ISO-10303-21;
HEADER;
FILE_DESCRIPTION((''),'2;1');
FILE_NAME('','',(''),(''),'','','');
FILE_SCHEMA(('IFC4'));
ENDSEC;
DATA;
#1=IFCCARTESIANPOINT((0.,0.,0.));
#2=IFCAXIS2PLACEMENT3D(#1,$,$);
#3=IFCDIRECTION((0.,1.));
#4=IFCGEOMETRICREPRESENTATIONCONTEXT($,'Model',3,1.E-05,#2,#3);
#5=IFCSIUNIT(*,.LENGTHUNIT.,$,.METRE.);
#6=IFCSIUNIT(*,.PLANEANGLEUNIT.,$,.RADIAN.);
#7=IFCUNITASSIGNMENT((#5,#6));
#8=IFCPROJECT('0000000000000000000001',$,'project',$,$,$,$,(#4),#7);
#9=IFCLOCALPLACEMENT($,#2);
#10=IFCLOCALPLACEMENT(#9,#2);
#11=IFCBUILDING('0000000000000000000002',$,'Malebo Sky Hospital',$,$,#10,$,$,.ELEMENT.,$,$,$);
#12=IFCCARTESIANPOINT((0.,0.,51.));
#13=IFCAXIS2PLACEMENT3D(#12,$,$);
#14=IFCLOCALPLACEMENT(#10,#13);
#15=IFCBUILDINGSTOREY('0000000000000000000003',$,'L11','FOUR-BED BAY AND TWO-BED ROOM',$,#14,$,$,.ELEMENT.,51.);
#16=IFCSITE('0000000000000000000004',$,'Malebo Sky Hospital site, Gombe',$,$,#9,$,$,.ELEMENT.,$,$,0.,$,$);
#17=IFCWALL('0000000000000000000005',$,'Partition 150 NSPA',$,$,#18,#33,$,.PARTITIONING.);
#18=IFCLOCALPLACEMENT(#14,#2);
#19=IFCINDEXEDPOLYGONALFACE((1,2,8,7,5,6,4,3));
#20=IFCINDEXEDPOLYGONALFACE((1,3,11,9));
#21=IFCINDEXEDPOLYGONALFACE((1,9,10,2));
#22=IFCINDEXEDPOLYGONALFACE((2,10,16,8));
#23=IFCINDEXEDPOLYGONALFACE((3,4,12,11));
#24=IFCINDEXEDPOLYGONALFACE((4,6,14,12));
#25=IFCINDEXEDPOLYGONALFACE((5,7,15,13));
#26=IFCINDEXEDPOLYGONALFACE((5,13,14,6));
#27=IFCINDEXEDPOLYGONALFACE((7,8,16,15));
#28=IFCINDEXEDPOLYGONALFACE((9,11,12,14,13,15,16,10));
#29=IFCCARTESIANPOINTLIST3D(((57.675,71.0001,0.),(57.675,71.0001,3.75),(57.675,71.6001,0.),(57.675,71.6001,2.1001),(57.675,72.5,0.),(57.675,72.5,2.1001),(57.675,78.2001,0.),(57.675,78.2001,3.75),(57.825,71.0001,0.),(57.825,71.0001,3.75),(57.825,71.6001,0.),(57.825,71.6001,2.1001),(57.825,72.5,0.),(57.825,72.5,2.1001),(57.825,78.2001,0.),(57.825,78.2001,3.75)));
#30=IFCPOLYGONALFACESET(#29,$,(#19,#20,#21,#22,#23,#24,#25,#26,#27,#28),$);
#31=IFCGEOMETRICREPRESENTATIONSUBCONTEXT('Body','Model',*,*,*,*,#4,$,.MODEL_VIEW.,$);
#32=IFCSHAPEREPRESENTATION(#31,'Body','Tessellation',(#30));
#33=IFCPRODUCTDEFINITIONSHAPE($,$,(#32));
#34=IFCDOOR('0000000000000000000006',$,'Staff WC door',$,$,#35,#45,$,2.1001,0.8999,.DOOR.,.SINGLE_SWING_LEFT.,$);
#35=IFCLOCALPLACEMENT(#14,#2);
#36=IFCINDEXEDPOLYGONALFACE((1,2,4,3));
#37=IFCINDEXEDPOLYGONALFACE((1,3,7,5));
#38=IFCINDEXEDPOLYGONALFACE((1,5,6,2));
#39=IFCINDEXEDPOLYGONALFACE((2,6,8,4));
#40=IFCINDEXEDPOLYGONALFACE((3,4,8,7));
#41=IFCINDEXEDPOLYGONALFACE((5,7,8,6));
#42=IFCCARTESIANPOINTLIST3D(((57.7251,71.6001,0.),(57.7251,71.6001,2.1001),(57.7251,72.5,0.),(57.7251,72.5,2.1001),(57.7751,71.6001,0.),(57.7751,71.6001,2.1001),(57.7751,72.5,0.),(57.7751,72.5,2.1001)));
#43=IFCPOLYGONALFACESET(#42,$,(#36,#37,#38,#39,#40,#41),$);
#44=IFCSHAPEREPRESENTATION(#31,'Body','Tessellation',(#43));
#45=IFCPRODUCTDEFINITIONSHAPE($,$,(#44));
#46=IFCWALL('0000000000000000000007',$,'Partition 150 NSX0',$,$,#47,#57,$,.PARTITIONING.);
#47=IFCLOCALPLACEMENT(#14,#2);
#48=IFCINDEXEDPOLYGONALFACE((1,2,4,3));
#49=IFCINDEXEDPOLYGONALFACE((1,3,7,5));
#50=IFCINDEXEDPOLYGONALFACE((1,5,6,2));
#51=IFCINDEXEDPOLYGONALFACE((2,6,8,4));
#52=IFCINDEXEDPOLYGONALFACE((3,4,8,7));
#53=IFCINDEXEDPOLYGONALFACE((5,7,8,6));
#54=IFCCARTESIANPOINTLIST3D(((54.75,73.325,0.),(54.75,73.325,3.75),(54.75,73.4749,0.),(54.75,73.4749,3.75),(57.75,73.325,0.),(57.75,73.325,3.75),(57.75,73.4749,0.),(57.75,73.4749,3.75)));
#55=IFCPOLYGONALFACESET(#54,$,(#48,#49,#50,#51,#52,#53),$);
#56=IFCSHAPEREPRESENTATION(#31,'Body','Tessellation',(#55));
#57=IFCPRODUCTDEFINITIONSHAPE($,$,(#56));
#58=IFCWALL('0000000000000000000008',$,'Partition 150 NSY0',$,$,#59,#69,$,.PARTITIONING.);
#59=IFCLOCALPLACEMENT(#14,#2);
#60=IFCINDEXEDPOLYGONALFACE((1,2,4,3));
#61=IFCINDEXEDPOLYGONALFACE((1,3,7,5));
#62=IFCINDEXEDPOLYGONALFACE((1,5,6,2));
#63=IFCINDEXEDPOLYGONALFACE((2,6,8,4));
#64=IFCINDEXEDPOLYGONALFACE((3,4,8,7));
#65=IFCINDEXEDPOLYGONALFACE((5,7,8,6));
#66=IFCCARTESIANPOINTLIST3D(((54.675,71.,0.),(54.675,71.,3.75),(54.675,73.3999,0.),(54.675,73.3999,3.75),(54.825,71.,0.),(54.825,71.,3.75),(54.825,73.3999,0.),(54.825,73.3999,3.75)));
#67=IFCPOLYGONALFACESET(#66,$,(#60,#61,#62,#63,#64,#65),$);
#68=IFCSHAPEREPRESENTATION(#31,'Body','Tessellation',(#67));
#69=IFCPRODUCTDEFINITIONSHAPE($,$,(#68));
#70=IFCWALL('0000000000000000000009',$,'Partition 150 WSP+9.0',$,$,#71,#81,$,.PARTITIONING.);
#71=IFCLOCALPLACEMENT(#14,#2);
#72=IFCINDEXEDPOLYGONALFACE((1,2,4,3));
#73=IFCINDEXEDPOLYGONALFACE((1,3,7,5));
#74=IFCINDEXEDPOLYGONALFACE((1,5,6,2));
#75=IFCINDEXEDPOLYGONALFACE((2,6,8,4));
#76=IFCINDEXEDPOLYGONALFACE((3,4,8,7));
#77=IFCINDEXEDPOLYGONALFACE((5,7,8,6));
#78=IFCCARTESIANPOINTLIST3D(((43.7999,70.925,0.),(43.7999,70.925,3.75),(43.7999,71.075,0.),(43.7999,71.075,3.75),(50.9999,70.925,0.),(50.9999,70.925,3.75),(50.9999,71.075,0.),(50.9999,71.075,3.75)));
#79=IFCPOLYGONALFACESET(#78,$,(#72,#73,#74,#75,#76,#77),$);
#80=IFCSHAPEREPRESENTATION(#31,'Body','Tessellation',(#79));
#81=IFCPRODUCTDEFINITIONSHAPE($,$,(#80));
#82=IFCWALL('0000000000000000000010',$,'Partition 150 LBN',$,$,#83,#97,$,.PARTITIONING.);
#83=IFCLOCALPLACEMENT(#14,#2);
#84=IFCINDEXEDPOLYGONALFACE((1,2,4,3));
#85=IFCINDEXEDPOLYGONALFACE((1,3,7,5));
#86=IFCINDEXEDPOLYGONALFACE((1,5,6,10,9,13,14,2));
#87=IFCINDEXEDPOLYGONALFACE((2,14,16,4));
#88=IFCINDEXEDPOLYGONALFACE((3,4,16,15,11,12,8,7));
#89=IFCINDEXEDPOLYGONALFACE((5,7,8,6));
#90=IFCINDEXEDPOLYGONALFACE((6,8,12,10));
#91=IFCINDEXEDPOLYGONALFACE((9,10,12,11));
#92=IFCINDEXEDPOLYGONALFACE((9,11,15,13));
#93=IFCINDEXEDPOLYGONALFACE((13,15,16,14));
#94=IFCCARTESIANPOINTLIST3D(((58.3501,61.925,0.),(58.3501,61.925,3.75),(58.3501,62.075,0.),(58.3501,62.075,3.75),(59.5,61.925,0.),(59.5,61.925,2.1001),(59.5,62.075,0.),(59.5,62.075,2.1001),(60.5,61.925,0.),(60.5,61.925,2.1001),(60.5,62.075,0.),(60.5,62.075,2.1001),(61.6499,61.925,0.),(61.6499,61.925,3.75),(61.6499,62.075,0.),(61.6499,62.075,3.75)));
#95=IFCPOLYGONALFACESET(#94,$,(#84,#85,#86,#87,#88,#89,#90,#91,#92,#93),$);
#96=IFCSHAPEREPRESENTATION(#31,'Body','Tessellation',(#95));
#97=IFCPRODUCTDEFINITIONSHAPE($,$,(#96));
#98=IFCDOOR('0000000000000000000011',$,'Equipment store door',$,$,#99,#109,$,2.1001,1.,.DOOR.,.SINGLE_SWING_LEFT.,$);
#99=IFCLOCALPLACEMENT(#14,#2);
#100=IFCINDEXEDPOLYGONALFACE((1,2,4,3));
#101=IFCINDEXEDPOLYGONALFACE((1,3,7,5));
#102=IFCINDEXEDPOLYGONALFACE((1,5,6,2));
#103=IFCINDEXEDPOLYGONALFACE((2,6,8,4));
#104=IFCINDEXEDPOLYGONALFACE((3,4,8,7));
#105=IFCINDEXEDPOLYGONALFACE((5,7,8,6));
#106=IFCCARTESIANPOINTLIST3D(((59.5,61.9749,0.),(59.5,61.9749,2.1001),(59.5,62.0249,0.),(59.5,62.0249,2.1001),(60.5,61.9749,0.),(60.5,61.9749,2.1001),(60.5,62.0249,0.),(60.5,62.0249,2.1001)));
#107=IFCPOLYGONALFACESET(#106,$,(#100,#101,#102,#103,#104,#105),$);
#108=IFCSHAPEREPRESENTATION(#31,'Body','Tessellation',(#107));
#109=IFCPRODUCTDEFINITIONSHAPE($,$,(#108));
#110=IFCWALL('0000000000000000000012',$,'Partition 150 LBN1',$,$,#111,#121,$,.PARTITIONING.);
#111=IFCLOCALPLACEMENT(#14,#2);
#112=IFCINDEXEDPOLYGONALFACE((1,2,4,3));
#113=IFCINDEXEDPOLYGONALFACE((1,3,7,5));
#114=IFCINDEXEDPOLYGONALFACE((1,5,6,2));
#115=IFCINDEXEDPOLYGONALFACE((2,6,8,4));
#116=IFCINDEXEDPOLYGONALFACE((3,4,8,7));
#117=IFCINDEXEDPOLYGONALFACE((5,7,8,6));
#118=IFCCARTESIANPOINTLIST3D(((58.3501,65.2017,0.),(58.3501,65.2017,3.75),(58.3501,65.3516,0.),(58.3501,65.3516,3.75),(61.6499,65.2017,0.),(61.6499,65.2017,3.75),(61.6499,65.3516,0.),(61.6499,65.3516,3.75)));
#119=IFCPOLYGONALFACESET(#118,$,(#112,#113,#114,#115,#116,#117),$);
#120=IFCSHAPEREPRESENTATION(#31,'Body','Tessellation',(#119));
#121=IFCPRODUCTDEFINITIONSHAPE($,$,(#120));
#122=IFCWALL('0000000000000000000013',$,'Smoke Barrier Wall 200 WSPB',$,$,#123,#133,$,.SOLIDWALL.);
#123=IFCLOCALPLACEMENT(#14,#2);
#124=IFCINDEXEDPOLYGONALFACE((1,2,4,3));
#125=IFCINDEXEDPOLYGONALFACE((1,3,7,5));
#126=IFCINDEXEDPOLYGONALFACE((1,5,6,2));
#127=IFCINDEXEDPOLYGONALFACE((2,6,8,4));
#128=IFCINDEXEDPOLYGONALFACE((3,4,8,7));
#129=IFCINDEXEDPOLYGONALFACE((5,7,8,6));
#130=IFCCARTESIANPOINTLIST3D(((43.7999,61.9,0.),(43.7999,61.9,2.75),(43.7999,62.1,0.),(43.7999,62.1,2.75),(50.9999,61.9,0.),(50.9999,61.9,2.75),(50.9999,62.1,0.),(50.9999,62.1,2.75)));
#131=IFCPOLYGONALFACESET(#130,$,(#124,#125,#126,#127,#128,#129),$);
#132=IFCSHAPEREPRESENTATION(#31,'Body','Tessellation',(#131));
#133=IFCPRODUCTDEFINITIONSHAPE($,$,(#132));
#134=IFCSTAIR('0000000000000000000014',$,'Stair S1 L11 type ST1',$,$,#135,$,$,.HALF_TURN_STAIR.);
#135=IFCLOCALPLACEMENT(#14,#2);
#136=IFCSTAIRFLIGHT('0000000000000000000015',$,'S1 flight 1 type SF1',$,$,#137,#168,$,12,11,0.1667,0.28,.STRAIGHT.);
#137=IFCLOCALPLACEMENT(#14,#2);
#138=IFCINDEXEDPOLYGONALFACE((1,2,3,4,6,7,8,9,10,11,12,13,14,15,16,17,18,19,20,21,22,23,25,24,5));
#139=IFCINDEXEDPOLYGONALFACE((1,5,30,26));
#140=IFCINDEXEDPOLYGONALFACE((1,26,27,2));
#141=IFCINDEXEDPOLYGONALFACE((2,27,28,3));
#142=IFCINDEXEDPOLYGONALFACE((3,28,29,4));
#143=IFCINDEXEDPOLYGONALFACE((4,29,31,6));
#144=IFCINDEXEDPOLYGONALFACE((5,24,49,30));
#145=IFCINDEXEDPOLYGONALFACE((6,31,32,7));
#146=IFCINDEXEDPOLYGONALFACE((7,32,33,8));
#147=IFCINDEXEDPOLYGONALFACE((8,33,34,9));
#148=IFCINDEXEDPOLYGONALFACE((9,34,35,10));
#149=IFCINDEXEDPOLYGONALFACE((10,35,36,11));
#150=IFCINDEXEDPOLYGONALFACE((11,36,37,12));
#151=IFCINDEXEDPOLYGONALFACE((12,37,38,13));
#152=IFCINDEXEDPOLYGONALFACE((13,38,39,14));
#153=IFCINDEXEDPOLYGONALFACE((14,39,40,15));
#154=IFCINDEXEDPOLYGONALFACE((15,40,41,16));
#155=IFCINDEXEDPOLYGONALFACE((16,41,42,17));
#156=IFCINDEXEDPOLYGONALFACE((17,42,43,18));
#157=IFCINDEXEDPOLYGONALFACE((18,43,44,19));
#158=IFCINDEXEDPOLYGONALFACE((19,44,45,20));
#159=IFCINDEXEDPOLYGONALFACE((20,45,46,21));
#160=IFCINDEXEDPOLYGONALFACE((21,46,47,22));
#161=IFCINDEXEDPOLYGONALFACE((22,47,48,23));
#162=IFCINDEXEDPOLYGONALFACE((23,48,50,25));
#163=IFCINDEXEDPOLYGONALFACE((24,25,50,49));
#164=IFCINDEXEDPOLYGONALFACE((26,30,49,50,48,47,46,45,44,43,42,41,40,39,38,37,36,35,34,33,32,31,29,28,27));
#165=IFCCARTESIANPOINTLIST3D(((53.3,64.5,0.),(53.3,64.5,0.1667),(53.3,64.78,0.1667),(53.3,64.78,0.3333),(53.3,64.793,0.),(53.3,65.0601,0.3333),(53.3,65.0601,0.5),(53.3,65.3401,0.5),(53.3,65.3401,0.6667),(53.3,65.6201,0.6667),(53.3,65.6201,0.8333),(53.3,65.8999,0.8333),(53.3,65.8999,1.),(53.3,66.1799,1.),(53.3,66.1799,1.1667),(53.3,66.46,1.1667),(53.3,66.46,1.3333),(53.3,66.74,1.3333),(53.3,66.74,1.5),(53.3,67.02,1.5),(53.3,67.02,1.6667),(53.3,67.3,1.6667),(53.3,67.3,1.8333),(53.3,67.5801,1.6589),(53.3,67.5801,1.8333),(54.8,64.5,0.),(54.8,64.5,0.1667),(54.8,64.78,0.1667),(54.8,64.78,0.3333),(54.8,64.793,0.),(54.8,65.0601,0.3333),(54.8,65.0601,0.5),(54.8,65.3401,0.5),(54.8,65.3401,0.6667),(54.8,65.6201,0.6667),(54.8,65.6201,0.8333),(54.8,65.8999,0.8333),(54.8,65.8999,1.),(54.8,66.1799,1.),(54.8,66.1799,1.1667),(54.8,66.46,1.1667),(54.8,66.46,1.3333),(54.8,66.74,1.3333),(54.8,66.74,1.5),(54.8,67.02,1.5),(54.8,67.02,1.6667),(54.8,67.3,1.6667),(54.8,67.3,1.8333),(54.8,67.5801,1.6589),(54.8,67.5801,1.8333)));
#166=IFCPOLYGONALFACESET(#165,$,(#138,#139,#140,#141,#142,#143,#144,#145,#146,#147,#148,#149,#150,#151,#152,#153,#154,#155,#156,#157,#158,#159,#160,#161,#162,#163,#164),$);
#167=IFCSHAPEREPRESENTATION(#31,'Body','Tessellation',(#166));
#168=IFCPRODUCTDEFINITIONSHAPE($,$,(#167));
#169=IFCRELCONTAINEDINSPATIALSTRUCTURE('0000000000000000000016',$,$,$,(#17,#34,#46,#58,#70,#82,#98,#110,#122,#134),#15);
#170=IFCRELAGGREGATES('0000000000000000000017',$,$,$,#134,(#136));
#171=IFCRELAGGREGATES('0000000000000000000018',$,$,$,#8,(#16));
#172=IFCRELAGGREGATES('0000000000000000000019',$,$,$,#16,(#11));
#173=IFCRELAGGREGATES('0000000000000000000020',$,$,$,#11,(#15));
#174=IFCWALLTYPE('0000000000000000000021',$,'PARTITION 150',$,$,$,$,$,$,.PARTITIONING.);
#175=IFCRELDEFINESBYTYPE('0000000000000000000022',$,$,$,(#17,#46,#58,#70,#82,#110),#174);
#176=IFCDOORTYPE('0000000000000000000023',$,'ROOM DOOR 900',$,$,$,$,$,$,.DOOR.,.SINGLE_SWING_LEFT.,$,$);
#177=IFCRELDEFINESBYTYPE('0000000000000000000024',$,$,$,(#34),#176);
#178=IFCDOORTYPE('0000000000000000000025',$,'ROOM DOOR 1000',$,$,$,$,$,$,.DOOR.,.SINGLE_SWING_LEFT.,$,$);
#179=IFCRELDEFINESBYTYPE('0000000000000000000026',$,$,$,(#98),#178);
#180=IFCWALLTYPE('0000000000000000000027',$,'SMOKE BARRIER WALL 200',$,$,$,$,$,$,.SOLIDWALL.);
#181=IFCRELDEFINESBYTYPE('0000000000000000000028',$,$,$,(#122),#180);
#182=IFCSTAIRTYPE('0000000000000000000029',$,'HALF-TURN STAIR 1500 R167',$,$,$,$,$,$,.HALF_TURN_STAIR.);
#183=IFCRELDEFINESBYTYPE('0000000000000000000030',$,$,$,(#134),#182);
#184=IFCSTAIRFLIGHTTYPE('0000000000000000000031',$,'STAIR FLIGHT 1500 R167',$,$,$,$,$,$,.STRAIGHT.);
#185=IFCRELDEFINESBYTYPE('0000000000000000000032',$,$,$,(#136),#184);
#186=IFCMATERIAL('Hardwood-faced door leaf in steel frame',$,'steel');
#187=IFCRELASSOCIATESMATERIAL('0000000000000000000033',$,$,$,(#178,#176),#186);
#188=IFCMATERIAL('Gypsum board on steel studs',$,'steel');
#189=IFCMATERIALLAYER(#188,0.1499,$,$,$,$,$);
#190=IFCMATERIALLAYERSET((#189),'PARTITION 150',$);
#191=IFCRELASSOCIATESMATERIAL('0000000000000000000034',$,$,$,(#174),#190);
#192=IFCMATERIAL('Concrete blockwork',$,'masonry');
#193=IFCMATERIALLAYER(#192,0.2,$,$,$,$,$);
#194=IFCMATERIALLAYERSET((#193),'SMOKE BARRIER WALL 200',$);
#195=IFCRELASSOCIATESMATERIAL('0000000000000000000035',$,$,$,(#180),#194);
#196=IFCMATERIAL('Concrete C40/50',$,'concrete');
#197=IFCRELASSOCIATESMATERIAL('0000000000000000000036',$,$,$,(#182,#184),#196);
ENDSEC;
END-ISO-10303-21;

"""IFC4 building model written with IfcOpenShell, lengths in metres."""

from ifc_helpers import new_model, si_unit, direction, frame, frame_2d, origin, place, context, subcontext, project, spatial, polyline, rectangle, outline, extrude, material, layer, layer_set, type_object, element, fill, aggregate, save


model = new_model("IFC4")

# Units and contexts
model_context = context("Model", 3, precision=1e-05, world=origin(), true_north=direction((0.0, 1.0)))
body_context = subcontext(model_context, "Body", "Model", "MODEL_VIEW")
ifc_project = project(units=[si_unit("LENGTHUNIT", "METRE"), si_unit("PLANEANGLEUNIT", "RADIAN")], contexts=[model_context])

# Site, building, storey
site_placement = place(None, origin())
site = spatial("IfcSite", under=ifc_project, at=site_placement, Name="Malebo Sky Hospital site, Gombe", CompositionType="ELEMENT", RefElevation=0.0)
building_placement = place(site_placement, origin())
building = spatial("IfcBuilding", under=site, at=building_placement, Name="Malebo Sky Hospital", CompositionType="ELEMENT")
storey_placement = place(building_placement, frame((0.0, 0.0, 51.0)))
storey = spatial("IfcBuildingStorey", under=building, at=storey_placement, Name="L11", Description="FOUR-BED BAY AND TWO-BED ROOM", CompositionType="ELEMENT", Elevation=51.0)

# Shared definitions
ifc_material_1 = material(Name="Hardwood-faced door leaf in steel frame", Category="steel")
ifc_material_2 = material(Name="Gypsum board on steel studs", Category="steel")
door_type_1 = type_object("IfcDoorType", Name="ROOM DOOR 1000", OperationType="SINGLE_SWING_LEFT", PredefinedType="DOOR", material=ifc_material_1)

# Shared definitions
ifc_layer_1 = layer(ifc_material_2, 0.1499)
ifc_layer_set_1 = layer_set([ifc_layer_1], Name="PARTITION 150")
wall_type_1 = type_object("IfcWallType", Name="PARTITION 150", PredefinedType="PARTITIONING", material=ifc_layer_set_1)

# Wall, opening, door
wall_1_placement = place(storey_placement, frame((57.75, 71.0, 0.0), z_axis=(0.0, 0.0, 1.0), x_axis=(0.0, 1.0, 0.0)))
wall_1 = element("IfcWall", 1, at=wall_1_placement, inside=storey, type_object=wall_type_1, Name="Partition 150 NSPA", PredefinedType="PARTITIONING", context=body_context, shape_type="SweptSolid", body=[
    extrude(rectangle(XDim=7.2, YDim=0.1499, at=frame_2d((3.6001, 0.0))), origin(), (0.0, 0.0, 1.0), 3.75),
])
opening_1_placement = place(wall_1_placement, frame((0.6001, 0.0, 0.0)))
opening_1 = element("IfcOpeningElement", 2, at=opening_1_placement, cuts=wall_1, PredefinedType="OPENING", context=body_context, shape_type="SweptSolid", body=[
    extrude(rectangle(XDim=0.8999, YDim=2.1001, at=frame_2d((0.45, 1.05))), frame((0.0, 0.085, 0.0), z_axis=(0.0, -1.0, 0.0), x_axis=(1.0, 0.0, 0.0)), (0.0, 0.0, 1.0), 0.1699),
])
door_type_2 = type_object("IfcDoorType", Name="ROOM DOOR 900", OperationType="SINGLE_SWING_LEFT", PredefinedType="DOOR", material=ifc_material_1)
door_1_placement = place(opening_1_placement, origin())
door_1 = element("IfcDoor", 3, at=door_1_placement, inside=storey, type_object=door_type_2, Name="Staff WC door", OperationType="SINGLE_SWING_LEFT", OverallHeight=2.1001, OverallWidth=0.8999, PredefinedType="DOOR", context=body_context, shape_type="SweptSolid", body=[
    extrude(rectangle(XDim=0.8999, YDim=2.1001, at=frame_2d((0.45, 1.05))), frame((0.0, 0.0249, 0.0), z_axis=(0.0, -1.0, 0.0), x_axis=(1.0, 0.0, 0.0)), (0.0, 0.0, 1.0), 0.05),
])
fill(opening_1, door_1)

# Walls
wall_2_placement = place(storey_placement, frame((54.75, 73.3999, 0.0), z_axis=(0.0, 0.0, 1.0), x_axis=(1.0, 0.0, 0.0)))
element("IfcWall", 4, at=wall_2_placement, inside=storey, type_object=wall_type_1, Name="Partition 150 NSX0", PredefinedType="PARTITIONING", context=body_context, shape_type="SweptSolid", body=[
    extrude(rectangle(XDim=3.0, YDim=0.1499, at=frame_2d((1.5, 0.0))), origin(), (0.0, 0.0, 1.0), 3.75),
])
wall_3_placement = place(storey_placement, frame((54.75, 71.0, 0.0), z_axis=(0.0, 0.0, 1.0), x_axis=(0.0, 1.0, 0.0)))
element("IfcWall", 5, at=wall_3_placement, inside=storey, type_object=wall_type_1, Name="Partition 150 NSY0", PredefinedType="PARTITIONING", context=body_context, shape_type="SweptSolid", body=[
    extrude(rectangle(XDim=2.3999, YDim=0.1499, at=frame_2d((1.2, 0.0))), origin(), (0.0, 0.0, 1.0), 3.75),
])
wall_4_placement = place(storey_placement, frame((51.0, 71.0, 0.0), z_axis=(0.0, 0.0, 1.0), x_axis=(-1.0, 0.0, 0.0)))
element("IfcWall", 6, at=wall_4_placement, inside=storey, type_object=wall_type_1, Name="Partition 150 WSP+9.0", PredefinedType="PARTITIONING", context=body_context, shape_type="SweptSolid", body=[
    extrude(rectangle(XDim=7.2, YDim=0.1499, at=frame_2d((3.6001, 0.0))), origin(), (0.0, 0.0, 1.0), 3.75),
])

# Wall, opening, door
wall_5_placement = place(storey_placement, frame((58.3501, 62.0, 0.0), z_axis=(0.0, 0.0, 1.0), x_axis=(1.0, 0.0, 0.0)))
wall_5 = element("IfcWall", 7, at=wall_5_placement, inside=storey, type_object=wall_type_1, Name="Partition 150 LBN", PredefinedType="PARTITIONING", context=body_context, shape_type="SweptSolid", body=[
    extrude(rectangle(XDim=3.2998, YDim=0.1499, at=frame_2d((1.6499, 0.0))), origin(), (0.0, 0.0, 1.0), 3.75),
])
opening_2_placement = place(wall_5_placement, frame((1.1499, 0.0, 0.0)))
opening_2 = element("IfcOpeningElement", 8, at=opening_2_placement, cuts=wall_5, PredefinedType="OPENING", context=body_context, shape_type="SweptSolid", body=[
    extrude(rectangle(XDim=1.0, YDim=2.1001, at=frame_2d((0.5, 1.05))), frame((0.0, 0.085, 0.0), z_axis=(0.0, -1.0, 0.0), x_axis=(1.0, 0.0, 0.0)), (0.0, 0.0, 1.0), 0.1699),
])
door_2_placement = place(opening_2_placement, origin())
door_2 = element("IfcDoor", 9, at=door_2_placement, inside=storey, type_object=door_type_1, Name="Equipment store door", OperationType="SINGLE_SWING_LEFT", OverallHeight=2.1001, OverallWidth=1.0, PredefinedType="DOOR", context=body_context, shape_type="SweptSolid", body=[
    extrude(rectangle(XDim=1.0, YDim=2.1001, at=frame_2d((0.5, 1.05))), frame((0.0, 0.0249, 0.0), z_axis=(0.0, -1.0, 0.0), x_axis=(1.0, 0.0, 0.0)), (0.0, 0.0, 1.0), 0.05),
])
fill(opening_2, door_2)

# Walls
wall_6_placement = place(storey_placement, frame((58.3501, 65.2766, 0.0), z_axis=(0.0, 0.0, 1.0), x_axis=(1.0, 0.0, 0.0)))
element("IfcWall", 10, at=wall_6_placement, inside=storey, type_object=wall_type_1, Name="Partition 150 LBN1", PredefinedType="PARTITIONING", context=body_context, shape_type="SweptSolid", body=[
    extrude(rectangle(XDim=3.2998, YDim=0.1499, at=frame_2d((1.6499, 0.0))), origin(), (0.0, 0.0, 1.0), 3.75),
])
ifc_material_3 = material(Name="Concrete blockwork", Category="masonry")
ifc_layer_2 = layer(ifc_material_3, 0.2)
ifc_layer_set_2 = layer_set([ifc_layer_2], Name="SMOKE BARRIER WALL 200")
wall_type_2 = type_object("IfcWallType", Name="SMOKE BARRIER WALL 200", PredefinedType="SOLIDWALL", material=ifc_layer_set_2)
wall_7_placement = place(storey_placement, frame((51.0, 62.0, 0.0), z_axis=(0.0, 0.0, 1.0), x_axis=(-1.0, 0.0, 0.0)))
element("IfcWall", 11, at=wall_7_placement, inside=storey, type_object=wall_type_2, Name="Smoke Barrier Wall 200 WSPB", PredefinedType="SOLIDWALL", context=body_context, shape_type="SweptSolid", body=[
    extrude(rectangle(XDim=7.2, YDim=0.2, at=frame_2d((3.6001, 0.0))), origin(), (0.0, 0.0, 1.0), 2.75),
])

# Stair, stair flight
ifc_material_4 = material(Name="Concrete C40/50", Category="concrete")
stair_type = type_object("IfcStairType", Name="HALF-TURN STAIR 1500 R167", PredefinedType="HALF_TURN_STAIR", material=ifc_material_4)
stair_placement = place(storey_placement, origin())
stair = element("IfcStair", 12, at=stair_placement, inside=storey, type_object=stair_type, Name="Stair S1 L11 type ST1", PredefinedType="HALF_TURN_STAIR")
stair_flight_type = type_object("IfcStairFlightType", Name="STAIR FLIGHT 1500 R167", PredefinedType="STRAIGHT", material=ifc_material_4)
stair_flight_1_placement = place(storey_placement, frame((54.05, 64.5, 0.0), z_axis=(0.0, 0.0, 1.0), x_axis=(0.0, 1.0, 0.0)))
stair_flight_1 = element("IfcStairFlight", 13, at=stair_flight_1_placement, type_object=stair_flight_type, Name="S1 flight 1 type SF1", NumberOfRisers=12, NumberOfTreads=11, PredefinedType="STRAIGHT", RiserHeight=0.1667, TreadLength=0.28, context=body_context, shape_type="SweptSolid", body=[
    extrude(outline(polyline([(0.0, 0.0), (0.0, 0.1667), (0.28, 0.1667), (0.28, 0.3333), (0.5601, 0.3333), (0.5601, 0.5), (0.8401, 0.5), (0.8401, 0.6667), (1.1201, 0.6667), (1.1201, 0.8333), (1.3999, 0.8333), (1.3999, 1.0), (1.6799, 1.0), (1.6799, 1.1667), (1.96, 1.1667), (1.96, 1.3333), (2.24, 1.3333), (2.24, 1.5), (2.52, 1.5), (2.52, 1.6667), (2.8, 1.6667), (2.8, 1.8333), (3.0801, 1.8333), (3.0801, 2.0), (3.0801, 1.6589), (0.293, 0.0), (0.0, 0.0)])), frame((0.0, 0.75, 0.0), z_axis=(0.0, -1.0, 0.0), x_axis=(1.0, 0.0, 0.0)), (0.0, 0.0, 1.0), 1.5),
])
aggregate(stair, [stair_flight_1])

save(model, "model.ifc")
